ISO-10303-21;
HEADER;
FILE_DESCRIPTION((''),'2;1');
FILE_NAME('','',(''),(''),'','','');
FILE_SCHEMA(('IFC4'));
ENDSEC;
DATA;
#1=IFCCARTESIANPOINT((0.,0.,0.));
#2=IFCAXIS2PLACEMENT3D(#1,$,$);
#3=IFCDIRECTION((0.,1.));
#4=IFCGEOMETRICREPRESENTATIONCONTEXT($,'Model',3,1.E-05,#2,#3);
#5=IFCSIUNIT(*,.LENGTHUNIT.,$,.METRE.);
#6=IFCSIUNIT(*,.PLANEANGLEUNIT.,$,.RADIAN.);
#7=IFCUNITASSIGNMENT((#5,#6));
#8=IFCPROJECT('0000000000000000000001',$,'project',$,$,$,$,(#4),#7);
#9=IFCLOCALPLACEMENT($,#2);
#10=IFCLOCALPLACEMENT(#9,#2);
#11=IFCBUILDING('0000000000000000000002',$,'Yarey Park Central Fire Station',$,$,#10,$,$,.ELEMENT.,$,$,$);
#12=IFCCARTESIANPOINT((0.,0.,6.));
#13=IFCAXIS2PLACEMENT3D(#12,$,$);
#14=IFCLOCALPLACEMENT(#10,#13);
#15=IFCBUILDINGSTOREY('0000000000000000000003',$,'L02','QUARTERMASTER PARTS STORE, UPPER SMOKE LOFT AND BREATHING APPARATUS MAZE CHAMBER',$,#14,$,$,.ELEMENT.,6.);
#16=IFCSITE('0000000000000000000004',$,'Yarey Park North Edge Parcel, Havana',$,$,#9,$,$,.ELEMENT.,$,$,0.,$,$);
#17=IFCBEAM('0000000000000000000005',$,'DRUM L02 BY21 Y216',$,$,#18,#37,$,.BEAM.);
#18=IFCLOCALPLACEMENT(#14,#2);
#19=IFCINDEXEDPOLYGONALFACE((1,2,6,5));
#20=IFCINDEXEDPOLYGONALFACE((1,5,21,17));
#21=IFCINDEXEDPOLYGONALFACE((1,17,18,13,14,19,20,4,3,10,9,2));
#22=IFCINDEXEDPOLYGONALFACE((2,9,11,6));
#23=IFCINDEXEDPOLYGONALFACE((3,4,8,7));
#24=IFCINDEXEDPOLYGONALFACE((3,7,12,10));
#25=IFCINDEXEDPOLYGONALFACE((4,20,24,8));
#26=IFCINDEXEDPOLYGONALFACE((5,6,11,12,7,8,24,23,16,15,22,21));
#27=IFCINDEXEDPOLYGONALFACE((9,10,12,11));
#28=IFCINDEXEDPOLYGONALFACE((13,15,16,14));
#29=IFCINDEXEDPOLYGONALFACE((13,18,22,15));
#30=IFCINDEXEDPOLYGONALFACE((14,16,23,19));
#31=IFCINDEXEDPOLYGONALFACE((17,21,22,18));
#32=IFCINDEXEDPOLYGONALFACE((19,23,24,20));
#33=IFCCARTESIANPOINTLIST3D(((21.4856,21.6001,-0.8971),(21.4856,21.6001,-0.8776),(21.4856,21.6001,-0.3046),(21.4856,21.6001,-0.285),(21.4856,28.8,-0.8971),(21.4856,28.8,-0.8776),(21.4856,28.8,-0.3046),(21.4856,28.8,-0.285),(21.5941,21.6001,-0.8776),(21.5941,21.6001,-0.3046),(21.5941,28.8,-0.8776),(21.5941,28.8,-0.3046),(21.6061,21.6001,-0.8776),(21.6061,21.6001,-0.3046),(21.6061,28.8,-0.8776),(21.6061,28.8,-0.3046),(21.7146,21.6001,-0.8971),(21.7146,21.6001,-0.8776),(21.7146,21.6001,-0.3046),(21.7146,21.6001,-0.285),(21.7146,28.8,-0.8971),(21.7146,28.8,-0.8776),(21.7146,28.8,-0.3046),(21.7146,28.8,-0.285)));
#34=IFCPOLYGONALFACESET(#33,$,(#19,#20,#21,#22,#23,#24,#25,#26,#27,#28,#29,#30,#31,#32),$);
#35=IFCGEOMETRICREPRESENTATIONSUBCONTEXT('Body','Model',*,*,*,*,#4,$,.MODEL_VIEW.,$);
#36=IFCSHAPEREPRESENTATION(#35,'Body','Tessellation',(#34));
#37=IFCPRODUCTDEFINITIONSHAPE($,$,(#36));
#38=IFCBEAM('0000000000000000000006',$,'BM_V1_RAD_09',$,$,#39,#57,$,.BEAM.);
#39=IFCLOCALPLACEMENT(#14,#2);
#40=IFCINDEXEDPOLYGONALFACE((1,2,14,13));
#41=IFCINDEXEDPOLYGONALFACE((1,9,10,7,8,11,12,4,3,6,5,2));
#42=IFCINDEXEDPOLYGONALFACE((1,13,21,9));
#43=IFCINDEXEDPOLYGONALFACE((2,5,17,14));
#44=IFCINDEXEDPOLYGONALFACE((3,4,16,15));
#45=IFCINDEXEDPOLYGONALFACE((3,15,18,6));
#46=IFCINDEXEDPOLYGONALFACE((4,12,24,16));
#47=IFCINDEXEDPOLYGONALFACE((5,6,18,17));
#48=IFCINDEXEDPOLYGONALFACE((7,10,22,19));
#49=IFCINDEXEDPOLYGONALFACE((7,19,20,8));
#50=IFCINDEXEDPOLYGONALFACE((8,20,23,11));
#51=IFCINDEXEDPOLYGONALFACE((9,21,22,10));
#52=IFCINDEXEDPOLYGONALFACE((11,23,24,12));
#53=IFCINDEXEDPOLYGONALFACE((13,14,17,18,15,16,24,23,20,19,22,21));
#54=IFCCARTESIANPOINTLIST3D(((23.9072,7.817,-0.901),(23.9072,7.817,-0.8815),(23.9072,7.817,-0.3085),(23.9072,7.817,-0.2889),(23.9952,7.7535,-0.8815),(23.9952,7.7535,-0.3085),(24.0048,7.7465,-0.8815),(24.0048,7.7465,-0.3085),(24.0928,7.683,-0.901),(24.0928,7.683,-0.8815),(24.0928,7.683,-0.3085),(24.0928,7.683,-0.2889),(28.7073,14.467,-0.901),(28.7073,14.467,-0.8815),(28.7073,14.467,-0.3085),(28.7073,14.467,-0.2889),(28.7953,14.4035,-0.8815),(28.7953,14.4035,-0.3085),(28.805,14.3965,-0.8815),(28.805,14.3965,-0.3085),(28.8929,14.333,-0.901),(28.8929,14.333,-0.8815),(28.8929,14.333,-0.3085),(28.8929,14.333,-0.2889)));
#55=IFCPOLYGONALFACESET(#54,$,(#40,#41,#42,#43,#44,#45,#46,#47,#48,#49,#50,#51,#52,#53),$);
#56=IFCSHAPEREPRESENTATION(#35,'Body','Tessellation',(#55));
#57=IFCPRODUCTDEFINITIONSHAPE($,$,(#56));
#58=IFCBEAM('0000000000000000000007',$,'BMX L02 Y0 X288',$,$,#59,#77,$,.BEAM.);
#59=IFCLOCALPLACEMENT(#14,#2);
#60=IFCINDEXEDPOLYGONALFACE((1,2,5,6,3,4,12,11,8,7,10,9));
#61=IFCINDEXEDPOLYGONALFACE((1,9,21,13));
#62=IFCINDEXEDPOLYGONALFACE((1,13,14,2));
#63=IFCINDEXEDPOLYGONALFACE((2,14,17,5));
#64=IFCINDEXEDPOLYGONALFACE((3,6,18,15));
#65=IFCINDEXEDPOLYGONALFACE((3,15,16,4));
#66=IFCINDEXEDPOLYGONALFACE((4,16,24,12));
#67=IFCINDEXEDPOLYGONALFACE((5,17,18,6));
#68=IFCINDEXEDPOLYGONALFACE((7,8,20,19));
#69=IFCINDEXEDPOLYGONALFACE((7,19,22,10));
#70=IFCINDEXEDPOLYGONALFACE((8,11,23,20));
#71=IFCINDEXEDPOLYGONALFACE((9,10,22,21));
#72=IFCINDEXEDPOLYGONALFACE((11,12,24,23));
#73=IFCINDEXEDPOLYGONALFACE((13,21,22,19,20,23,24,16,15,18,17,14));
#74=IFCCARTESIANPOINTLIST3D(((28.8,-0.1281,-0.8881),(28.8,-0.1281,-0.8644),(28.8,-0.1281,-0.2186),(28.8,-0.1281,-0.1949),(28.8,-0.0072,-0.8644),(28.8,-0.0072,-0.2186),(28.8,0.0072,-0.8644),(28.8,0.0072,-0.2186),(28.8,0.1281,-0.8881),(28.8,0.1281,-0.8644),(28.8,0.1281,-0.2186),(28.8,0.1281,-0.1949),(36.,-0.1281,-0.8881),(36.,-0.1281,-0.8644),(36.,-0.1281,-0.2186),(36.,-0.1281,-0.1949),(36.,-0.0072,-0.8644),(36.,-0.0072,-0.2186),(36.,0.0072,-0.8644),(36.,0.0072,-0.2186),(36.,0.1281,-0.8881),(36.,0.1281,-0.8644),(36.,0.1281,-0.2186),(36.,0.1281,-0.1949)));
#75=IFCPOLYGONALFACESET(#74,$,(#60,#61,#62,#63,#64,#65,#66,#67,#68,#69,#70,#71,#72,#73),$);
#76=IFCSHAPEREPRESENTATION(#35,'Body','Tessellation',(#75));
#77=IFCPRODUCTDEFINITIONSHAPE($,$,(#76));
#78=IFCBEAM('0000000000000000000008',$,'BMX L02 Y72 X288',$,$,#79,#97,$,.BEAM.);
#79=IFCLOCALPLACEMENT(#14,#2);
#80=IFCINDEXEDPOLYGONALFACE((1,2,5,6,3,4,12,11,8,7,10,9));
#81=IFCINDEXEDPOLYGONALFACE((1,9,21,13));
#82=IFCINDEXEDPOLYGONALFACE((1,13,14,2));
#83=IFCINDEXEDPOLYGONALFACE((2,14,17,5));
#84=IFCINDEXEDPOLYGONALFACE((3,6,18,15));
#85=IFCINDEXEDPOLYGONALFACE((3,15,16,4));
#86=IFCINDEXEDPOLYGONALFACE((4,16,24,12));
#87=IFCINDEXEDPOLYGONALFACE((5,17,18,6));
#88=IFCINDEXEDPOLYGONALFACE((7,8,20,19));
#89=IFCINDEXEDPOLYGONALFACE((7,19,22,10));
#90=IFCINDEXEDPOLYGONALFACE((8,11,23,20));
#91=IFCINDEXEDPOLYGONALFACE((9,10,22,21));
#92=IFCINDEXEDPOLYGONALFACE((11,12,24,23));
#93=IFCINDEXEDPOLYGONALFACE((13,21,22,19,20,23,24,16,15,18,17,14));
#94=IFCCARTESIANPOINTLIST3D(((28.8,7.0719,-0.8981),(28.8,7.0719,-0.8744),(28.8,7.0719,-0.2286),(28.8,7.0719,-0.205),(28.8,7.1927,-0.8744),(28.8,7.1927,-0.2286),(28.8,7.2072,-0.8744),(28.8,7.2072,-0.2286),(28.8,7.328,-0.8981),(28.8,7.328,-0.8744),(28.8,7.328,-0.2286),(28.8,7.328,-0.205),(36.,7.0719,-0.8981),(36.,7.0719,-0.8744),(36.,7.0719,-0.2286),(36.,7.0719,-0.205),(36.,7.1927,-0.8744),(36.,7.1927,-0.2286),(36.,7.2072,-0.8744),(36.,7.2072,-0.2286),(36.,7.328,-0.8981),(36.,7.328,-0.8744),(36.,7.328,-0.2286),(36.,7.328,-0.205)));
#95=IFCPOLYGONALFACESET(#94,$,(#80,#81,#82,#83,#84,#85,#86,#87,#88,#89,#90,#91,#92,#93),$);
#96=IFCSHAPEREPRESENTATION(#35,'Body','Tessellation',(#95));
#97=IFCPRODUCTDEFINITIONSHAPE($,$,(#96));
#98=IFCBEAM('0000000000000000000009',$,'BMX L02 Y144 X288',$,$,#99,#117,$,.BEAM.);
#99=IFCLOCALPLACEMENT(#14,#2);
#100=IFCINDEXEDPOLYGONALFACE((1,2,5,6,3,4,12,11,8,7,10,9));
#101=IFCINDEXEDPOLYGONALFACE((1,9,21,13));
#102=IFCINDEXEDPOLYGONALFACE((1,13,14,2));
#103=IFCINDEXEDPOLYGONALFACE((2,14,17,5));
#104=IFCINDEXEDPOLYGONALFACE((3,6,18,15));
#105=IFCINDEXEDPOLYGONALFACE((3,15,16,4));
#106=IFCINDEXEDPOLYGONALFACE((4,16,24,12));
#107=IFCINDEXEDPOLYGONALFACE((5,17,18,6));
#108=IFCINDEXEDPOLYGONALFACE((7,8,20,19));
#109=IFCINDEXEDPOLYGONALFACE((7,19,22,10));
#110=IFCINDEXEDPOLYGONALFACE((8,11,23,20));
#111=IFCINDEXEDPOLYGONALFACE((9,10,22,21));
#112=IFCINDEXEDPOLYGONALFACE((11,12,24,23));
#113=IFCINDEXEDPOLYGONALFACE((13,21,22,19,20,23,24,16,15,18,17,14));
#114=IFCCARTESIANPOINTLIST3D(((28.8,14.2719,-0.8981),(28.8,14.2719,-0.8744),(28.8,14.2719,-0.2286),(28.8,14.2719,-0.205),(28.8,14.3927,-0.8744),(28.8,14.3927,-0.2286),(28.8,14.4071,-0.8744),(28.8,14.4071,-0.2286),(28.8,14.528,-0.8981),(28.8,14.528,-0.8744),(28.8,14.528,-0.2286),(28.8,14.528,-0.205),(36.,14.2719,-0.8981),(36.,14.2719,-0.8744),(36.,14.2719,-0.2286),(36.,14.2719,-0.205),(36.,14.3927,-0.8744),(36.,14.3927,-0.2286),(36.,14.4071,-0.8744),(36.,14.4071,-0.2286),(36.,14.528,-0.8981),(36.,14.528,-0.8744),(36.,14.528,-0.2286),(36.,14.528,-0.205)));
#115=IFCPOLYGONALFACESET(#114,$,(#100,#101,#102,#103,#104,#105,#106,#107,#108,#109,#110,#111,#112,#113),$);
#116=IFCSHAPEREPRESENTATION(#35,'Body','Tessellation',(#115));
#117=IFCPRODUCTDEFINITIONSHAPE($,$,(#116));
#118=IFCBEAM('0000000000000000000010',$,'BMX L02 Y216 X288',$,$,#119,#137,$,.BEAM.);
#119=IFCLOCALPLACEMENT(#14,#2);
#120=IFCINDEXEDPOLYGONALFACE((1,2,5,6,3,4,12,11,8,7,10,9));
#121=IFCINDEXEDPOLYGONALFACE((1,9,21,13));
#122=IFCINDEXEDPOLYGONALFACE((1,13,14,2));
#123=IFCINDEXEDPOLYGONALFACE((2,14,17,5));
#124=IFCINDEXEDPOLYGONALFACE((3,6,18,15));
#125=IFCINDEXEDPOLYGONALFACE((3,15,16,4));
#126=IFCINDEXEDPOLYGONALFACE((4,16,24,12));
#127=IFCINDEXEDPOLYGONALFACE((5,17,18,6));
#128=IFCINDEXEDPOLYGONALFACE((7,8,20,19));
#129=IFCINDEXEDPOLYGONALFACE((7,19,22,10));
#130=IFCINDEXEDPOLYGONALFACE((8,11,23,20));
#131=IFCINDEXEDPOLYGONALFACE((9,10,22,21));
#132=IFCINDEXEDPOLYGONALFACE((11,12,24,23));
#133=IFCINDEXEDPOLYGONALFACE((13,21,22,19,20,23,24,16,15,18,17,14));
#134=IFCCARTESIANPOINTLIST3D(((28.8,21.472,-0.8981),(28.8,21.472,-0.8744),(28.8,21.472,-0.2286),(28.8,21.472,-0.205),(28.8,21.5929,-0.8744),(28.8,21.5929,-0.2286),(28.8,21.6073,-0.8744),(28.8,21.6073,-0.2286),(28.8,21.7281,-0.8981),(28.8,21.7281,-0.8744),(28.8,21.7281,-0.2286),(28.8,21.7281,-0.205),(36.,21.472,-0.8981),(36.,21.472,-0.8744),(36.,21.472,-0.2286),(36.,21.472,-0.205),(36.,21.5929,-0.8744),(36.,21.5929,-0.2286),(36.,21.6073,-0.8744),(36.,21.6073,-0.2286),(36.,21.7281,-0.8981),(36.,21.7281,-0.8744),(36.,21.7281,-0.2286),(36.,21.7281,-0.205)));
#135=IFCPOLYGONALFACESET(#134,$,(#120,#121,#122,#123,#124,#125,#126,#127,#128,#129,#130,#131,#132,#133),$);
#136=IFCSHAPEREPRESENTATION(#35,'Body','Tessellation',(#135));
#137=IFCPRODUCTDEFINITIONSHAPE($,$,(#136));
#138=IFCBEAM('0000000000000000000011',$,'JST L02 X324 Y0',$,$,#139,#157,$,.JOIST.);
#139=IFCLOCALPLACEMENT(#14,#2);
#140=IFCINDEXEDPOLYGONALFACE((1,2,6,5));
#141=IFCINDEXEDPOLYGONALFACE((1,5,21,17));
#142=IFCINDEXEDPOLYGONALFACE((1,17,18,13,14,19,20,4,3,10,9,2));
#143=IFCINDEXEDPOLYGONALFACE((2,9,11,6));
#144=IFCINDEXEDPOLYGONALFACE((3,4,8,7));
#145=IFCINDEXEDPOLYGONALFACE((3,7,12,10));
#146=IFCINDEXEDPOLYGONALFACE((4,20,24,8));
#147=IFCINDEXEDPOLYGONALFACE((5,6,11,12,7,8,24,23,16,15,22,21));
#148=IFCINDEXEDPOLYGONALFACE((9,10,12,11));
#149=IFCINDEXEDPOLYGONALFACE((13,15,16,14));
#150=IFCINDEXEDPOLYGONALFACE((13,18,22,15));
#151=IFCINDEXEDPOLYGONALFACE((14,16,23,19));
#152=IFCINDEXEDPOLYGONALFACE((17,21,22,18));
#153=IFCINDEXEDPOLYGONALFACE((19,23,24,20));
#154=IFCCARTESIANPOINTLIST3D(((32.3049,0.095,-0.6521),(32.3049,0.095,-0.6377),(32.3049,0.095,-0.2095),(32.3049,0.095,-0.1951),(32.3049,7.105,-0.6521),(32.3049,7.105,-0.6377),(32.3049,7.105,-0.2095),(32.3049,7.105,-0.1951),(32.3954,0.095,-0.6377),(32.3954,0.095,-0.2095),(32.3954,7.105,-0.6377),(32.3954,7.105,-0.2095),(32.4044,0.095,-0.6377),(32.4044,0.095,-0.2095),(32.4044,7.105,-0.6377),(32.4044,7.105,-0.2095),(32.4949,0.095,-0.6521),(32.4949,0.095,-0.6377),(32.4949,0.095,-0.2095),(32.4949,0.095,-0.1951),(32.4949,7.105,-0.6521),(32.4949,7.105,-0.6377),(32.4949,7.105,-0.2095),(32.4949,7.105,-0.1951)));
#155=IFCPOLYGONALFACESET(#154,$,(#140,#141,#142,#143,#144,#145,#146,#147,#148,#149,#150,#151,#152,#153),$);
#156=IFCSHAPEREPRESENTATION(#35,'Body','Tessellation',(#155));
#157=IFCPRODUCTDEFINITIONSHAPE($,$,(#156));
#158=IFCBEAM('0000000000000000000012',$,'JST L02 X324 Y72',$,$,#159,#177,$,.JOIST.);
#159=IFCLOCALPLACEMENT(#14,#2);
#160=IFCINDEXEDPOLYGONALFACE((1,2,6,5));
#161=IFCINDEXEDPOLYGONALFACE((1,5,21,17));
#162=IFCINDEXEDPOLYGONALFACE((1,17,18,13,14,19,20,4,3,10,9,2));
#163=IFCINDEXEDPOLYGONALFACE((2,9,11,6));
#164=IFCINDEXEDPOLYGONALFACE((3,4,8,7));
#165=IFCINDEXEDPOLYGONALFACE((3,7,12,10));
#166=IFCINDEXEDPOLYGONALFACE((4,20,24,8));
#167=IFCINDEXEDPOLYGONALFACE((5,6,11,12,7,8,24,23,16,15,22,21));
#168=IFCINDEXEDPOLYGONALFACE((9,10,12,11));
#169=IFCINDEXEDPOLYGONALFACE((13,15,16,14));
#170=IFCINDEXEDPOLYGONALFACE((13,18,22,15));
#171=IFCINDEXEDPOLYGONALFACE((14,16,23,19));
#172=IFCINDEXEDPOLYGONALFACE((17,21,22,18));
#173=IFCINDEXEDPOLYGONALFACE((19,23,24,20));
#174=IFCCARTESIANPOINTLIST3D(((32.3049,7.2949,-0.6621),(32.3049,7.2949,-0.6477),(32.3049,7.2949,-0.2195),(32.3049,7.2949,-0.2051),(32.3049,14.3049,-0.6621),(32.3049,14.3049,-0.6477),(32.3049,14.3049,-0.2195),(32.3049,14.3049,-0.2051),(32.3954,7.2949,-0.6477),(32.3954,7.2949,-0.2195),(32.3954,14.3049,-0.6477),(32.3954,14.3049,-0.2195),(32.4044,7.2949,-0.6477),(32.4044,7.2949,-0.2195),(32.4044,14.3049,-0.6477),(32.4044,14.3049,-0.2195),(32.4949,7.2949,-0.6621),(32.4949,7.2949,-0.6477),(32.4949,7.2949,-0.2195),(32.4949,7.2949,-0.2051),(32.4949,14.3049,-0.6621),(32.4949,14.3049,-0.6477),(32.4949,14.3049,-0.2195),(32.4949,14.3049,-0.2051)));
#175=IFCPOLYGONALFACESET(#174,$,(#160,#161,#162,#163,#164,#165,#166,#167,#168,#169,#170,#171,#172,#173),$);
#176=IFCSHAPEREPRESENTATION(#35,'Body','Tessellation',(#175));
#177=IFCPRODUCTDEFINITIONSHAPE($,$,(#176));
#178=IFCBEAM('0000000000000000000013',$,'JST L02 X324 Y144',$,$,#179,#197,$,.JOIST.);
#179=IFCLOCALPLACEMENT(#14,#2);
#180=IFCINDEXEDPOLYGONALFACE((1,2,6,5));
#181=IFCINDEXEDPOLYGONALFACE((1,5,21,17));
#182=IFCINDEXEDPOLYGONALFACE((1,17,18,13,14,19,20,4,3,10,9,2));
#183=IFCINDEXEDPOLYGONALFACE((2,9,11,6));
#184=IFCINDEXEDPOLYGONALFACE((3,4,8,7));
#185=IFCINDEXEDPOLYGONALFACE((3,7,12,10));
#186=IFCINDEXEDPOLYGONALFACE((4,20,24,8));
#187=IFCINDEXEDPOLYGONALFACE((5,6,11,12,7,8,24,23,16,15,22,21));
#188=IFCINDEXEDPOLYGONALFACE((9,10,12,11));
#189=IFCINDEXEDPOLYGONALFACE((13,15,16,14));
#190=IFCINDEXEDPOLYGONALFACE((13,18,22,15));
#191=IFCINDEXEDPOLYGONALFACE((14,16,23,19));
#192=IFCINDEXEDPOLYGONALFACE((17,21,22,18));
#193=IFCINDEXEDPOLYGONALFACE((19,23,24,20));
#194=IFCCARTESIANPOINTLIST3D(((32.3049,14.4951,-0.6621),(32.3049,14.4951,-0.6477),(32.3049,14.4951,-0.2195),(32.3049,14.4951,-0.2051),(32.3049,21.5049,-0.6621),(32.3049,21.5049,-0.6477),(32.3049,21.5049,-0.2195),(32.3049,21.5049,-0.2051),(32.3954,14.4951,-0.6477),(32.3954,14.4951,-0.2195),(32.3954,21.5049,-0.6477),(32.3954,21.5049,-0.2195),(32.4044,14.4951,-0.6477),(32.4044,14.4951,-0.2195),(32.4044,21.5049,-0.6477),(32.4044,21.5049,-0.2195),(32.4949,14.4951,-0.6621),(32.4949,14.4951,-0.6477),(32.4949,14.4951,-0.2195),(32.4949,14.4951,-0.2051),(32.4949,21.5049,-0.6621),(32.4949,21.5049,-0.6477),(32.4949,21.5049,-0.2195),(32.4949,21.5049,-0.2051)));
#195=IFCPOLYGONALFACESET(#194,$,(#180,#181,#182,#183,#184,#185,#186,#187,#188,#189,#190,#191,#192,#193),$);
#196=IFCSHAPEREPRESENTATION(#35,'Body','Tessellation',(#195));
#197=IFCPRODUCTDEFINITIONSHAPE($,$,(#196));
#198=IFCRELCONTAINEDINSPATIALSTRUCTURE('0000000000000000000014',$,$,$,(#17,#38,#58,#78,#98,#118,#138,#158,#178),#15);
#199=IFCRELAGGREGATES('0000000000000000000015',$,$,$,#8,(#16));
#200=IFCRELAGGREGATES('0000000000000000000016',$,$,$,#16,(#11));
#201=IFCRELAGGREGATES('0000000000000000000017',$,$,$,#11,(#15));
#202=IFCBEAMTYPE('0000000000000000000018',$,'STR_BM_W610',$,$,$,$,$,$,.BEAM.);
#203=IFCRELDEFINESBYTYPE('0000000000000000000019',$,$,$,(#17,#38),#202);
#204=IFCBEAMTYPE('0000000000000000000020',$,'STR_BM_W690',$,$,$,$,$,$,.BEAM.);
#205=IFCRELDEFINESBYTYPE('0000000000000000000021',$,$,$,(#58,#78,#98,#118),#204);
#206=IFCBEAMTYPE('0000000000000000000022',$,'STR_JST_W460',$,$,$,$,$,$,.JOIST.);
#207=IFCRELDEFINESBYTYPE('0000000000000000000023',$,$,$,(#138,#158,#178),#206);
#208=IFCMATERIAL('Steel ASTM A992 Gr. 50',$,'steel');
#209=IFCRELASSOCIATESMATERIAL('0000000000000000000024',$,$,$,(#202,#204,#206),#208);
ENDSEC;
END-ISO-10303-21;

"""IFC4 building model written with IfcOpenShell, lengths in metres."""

from ifc_helpers import new_model, si_unit, direction, frame, origin, origin_2d, place, context, subcontext, project, spatial, i_section, extrude, material, material_profile, profile_set, type_object, element, save


model = new_model("IFC4")

# Units and contexts
model_context = context("Model", 3, precision=1e-05, world=origin(), true_north=direction((0.0, 1.0)))
body_context = subcontext(model_context, "Body", "Model", "MODEL_VIEW")
ifc_project = project(units=[si_unit("LENGTHUNIT", "METRE"), si_unit("PLANEANGLEUNIT", "RADIAN")], contexts=[model_context])

# Site, building, storey
site_placement = place(None, origin())
site = spatial("IfcSite", under=ifc_project, at=site_placement, Name="Yarey Park North Edge Parcel, Havana", CompositionType="ELEMENT", RefElevation=0.0)
building_placement = place(site_placement, origin())
building = spatial("IfcBuilding", under=site, at=building_placement, Name="Yarey Park Central Fire Station", CompositionType="ELEMENT")
storey_placement = place(building_placement, frame((0.0, 0.0, 6.0)))
storey = spatial("IfcBuildingStorey", under=building, at=storey_placement, Name="L02", Description="QUARTERMASTER PARTS STORE, UPPER SMOKE LOFT AND BREATHING APPARATUS MAZE CHAMBER", CompositionType="ELEMENT", Elevation=6.0)

# Shared definitions
ifc_material_1 = material(Name="Steel ASTM A992 Gr. 50", Category="steel")

# Beams
ifc_material_profile_1 = material_profile(ifc_material_1, i_section(OverallWidth=0.229, OverallDepth=0.6121, WebThickness=0.012, FlangeThickness=0.0195, at=origin_2d()), Name="W610x125")
ifc_profile_set_1 = profile_set([ifc_material_profile_1], Name="Steel ASTM A992 Gr. 50")
beam_type_1 = type_object("IfcBeamType", Name="STR_BM_W610", PredefinedType="BEAM", material=ifc_profile_set_1)
for number, where, z_axis, x_axis, name in (
    (1, (21.6001, 21.6001, -0.5911), (0.0, 1.0, 0.0), (-1.0, 0.0, 0.0), "DRUM L02 BY21 Y216"),
):
    element("IfcBeam", number, at=place(storey_placement, frame(where, z_axis=z_axis, x_axis=x_axis)), inside=storey, type_object=beam_type_1, Name=name, PredefinedType="BEAM", context=body_context, shape_type="SweptSolid", body=[
        extrude(i_section(OverallWidth=0.229, OverallDepth=0.6121, WebThickness=0.012, FlangeThickness=0.0195, at=origin_2d()), origin(), (0.0, 0.0, 1.0), 7.2),
    ])
beam_1_placement = place(storey_placement, frame((24.0, 7.75, -0.595), z_axis=(0.585278, 0.810833, 0.0), x_axis=(-0.810833, 0.585278, 0.0)))
element("IfcBeam", 2, at=beam_1_placement, inside=storey, type_object=beam_type_1, Name="BM_V1_RAD_09", PredefinedType="BEAM", context=body_context, shape_type="SweptSolid", body=[
    extrude(i_section(OverallWidth=0.229, OverallDepth=0.6121, WebThickness=0.012, FlangeThickness=0.0195, at=origin_2d()), origin(), (0.0, 0.0, 1.0), 8.2014),
])
ifc_material_profile_2 = material_profile(ifc_material_1, i_section(OverallWidth=0.2561, OverallDepth=0.6931, WebThickness=0.0144, FlangeThickness=0.0237, at=origin_2d()), Name="W690x170")
ifc_profile_set_2 = profile_set([ifc_material_profile_2], Name="Steel ASTM A992 Gr. 50")
beam_type_2 = type_object("IfcBeamType", Name="STR_BM_W690", PredefinedType="BEAM", material=ifc_profile_set_2)
for number, where, z_axis, x_axis, name in (
    (3, (28.8, 0.0, -0.5415), (1.0, 0.0, 0.0), (0.0, 1.0, 0.0), "BMX L02 Y0 X288"),
    (4, (28.8, 7.2, -0.5515), (1.0, 0.0, 0.0), (0.0, 1.0, 0.0), "BMX L02 Y72 X288"),
    (5, (28.8, 14.3999, -0.5515), (1.0, 0.0, 0.0), (0.0, 1.0, 0.0), "BMX L02 Y144 X288"),
    (6, (28.8, 21.6001, -0.5515), (1.0, 0.0, 0.0), (0.0, 1.0, 0.0), "BMX L02 Y216 X288"),
):
    element("IfcBeam", number, at=place(storey_placement, frame(where, z_axis=z_axis, x_axis=x_axis)), inside=storey, type_object=beam_type_2, Name=name, PredefinedType="BEAM", context=body_context, shape_type="SweptSolid", body=[
        extrude(i_section(OverallWidth=0.2561, OverallDepth=0.6931, WebThickness=0.0144, FlangeThickness=0.0237, at=origin_2d()), origin(), (0.0, 0.0, 1.0), 7.2),
    ])
ifc_material_profile_3 = material_profile(ifc_material_1, i_section(OverallWidth=0.1899, OverallDepth=0.457, WebThickness=0.009, FlangeThickness=0.0144, at=origin_2d()), Name="W460x74")
ifc_profile_set_3 = profile_set([ifc_material_profile_3], Name="Steel ASTM A992 Gr. 50")
beam_type_3 = type_object("IfcBeamType", Name="STR_JST_W460", PredefinedType="JOIST", material=ifc_profile_set_3)
for number, where, z_axis, x_axis, name in (
    (7, (32.3999, 0.095, -0.4236), (0.0, 1.0, 0.0), (-1.0, 0.0, 0.0), "JST L02 X324 Y0"),
    (8, (32.3999, 7.2949, -0.4336), (0.0, 1.0, 0.0), (-1.0, 0.0, 0.0), "JST L02 X324 Y72"),
):
    element("IfcBeam", number, at=place(storey_placement, frame(where, z_axis=z_axis, x_axis=x_axis)), inside=storey, type_object=beam_type_3, Name=name, PredefinedType="JOIST", context=body_context, shape_type="SweptSolid", body=[
        extrude(i_section(OverallWidth=0.1899, OverallDepth=0.457, WebThickness=0.009, FlangeThickness=0.0144, at=origin_2d()), origin(), (0.0, 0.0, 1.0), 7.01),
    ])
beam_2_placement = place(storey_placement, frame((32.3999, 14.4951, -0.4336), z_axis=(0.0, 1.0, 0.0), x_axis=(-1.0, 0.0, 0.0)))
element("IfcBeam", 9, at=beam_2_placement, inside=storey, type_object=beam_type_3, Name="JST L02 X324 Y144", PredefinedType="JOIST", context=body_context, shape_type="SweptSolid", body=[
    extrude(i_section(OverallWidth=0.1899, OverallDepth=0.457, WebThickness=0.009, FlangeThickness=0.0144, at=origin_2d()), origin(), (0.0, 0.0, 1.0), 7.0098),
])

save(model, "model.ifc")
